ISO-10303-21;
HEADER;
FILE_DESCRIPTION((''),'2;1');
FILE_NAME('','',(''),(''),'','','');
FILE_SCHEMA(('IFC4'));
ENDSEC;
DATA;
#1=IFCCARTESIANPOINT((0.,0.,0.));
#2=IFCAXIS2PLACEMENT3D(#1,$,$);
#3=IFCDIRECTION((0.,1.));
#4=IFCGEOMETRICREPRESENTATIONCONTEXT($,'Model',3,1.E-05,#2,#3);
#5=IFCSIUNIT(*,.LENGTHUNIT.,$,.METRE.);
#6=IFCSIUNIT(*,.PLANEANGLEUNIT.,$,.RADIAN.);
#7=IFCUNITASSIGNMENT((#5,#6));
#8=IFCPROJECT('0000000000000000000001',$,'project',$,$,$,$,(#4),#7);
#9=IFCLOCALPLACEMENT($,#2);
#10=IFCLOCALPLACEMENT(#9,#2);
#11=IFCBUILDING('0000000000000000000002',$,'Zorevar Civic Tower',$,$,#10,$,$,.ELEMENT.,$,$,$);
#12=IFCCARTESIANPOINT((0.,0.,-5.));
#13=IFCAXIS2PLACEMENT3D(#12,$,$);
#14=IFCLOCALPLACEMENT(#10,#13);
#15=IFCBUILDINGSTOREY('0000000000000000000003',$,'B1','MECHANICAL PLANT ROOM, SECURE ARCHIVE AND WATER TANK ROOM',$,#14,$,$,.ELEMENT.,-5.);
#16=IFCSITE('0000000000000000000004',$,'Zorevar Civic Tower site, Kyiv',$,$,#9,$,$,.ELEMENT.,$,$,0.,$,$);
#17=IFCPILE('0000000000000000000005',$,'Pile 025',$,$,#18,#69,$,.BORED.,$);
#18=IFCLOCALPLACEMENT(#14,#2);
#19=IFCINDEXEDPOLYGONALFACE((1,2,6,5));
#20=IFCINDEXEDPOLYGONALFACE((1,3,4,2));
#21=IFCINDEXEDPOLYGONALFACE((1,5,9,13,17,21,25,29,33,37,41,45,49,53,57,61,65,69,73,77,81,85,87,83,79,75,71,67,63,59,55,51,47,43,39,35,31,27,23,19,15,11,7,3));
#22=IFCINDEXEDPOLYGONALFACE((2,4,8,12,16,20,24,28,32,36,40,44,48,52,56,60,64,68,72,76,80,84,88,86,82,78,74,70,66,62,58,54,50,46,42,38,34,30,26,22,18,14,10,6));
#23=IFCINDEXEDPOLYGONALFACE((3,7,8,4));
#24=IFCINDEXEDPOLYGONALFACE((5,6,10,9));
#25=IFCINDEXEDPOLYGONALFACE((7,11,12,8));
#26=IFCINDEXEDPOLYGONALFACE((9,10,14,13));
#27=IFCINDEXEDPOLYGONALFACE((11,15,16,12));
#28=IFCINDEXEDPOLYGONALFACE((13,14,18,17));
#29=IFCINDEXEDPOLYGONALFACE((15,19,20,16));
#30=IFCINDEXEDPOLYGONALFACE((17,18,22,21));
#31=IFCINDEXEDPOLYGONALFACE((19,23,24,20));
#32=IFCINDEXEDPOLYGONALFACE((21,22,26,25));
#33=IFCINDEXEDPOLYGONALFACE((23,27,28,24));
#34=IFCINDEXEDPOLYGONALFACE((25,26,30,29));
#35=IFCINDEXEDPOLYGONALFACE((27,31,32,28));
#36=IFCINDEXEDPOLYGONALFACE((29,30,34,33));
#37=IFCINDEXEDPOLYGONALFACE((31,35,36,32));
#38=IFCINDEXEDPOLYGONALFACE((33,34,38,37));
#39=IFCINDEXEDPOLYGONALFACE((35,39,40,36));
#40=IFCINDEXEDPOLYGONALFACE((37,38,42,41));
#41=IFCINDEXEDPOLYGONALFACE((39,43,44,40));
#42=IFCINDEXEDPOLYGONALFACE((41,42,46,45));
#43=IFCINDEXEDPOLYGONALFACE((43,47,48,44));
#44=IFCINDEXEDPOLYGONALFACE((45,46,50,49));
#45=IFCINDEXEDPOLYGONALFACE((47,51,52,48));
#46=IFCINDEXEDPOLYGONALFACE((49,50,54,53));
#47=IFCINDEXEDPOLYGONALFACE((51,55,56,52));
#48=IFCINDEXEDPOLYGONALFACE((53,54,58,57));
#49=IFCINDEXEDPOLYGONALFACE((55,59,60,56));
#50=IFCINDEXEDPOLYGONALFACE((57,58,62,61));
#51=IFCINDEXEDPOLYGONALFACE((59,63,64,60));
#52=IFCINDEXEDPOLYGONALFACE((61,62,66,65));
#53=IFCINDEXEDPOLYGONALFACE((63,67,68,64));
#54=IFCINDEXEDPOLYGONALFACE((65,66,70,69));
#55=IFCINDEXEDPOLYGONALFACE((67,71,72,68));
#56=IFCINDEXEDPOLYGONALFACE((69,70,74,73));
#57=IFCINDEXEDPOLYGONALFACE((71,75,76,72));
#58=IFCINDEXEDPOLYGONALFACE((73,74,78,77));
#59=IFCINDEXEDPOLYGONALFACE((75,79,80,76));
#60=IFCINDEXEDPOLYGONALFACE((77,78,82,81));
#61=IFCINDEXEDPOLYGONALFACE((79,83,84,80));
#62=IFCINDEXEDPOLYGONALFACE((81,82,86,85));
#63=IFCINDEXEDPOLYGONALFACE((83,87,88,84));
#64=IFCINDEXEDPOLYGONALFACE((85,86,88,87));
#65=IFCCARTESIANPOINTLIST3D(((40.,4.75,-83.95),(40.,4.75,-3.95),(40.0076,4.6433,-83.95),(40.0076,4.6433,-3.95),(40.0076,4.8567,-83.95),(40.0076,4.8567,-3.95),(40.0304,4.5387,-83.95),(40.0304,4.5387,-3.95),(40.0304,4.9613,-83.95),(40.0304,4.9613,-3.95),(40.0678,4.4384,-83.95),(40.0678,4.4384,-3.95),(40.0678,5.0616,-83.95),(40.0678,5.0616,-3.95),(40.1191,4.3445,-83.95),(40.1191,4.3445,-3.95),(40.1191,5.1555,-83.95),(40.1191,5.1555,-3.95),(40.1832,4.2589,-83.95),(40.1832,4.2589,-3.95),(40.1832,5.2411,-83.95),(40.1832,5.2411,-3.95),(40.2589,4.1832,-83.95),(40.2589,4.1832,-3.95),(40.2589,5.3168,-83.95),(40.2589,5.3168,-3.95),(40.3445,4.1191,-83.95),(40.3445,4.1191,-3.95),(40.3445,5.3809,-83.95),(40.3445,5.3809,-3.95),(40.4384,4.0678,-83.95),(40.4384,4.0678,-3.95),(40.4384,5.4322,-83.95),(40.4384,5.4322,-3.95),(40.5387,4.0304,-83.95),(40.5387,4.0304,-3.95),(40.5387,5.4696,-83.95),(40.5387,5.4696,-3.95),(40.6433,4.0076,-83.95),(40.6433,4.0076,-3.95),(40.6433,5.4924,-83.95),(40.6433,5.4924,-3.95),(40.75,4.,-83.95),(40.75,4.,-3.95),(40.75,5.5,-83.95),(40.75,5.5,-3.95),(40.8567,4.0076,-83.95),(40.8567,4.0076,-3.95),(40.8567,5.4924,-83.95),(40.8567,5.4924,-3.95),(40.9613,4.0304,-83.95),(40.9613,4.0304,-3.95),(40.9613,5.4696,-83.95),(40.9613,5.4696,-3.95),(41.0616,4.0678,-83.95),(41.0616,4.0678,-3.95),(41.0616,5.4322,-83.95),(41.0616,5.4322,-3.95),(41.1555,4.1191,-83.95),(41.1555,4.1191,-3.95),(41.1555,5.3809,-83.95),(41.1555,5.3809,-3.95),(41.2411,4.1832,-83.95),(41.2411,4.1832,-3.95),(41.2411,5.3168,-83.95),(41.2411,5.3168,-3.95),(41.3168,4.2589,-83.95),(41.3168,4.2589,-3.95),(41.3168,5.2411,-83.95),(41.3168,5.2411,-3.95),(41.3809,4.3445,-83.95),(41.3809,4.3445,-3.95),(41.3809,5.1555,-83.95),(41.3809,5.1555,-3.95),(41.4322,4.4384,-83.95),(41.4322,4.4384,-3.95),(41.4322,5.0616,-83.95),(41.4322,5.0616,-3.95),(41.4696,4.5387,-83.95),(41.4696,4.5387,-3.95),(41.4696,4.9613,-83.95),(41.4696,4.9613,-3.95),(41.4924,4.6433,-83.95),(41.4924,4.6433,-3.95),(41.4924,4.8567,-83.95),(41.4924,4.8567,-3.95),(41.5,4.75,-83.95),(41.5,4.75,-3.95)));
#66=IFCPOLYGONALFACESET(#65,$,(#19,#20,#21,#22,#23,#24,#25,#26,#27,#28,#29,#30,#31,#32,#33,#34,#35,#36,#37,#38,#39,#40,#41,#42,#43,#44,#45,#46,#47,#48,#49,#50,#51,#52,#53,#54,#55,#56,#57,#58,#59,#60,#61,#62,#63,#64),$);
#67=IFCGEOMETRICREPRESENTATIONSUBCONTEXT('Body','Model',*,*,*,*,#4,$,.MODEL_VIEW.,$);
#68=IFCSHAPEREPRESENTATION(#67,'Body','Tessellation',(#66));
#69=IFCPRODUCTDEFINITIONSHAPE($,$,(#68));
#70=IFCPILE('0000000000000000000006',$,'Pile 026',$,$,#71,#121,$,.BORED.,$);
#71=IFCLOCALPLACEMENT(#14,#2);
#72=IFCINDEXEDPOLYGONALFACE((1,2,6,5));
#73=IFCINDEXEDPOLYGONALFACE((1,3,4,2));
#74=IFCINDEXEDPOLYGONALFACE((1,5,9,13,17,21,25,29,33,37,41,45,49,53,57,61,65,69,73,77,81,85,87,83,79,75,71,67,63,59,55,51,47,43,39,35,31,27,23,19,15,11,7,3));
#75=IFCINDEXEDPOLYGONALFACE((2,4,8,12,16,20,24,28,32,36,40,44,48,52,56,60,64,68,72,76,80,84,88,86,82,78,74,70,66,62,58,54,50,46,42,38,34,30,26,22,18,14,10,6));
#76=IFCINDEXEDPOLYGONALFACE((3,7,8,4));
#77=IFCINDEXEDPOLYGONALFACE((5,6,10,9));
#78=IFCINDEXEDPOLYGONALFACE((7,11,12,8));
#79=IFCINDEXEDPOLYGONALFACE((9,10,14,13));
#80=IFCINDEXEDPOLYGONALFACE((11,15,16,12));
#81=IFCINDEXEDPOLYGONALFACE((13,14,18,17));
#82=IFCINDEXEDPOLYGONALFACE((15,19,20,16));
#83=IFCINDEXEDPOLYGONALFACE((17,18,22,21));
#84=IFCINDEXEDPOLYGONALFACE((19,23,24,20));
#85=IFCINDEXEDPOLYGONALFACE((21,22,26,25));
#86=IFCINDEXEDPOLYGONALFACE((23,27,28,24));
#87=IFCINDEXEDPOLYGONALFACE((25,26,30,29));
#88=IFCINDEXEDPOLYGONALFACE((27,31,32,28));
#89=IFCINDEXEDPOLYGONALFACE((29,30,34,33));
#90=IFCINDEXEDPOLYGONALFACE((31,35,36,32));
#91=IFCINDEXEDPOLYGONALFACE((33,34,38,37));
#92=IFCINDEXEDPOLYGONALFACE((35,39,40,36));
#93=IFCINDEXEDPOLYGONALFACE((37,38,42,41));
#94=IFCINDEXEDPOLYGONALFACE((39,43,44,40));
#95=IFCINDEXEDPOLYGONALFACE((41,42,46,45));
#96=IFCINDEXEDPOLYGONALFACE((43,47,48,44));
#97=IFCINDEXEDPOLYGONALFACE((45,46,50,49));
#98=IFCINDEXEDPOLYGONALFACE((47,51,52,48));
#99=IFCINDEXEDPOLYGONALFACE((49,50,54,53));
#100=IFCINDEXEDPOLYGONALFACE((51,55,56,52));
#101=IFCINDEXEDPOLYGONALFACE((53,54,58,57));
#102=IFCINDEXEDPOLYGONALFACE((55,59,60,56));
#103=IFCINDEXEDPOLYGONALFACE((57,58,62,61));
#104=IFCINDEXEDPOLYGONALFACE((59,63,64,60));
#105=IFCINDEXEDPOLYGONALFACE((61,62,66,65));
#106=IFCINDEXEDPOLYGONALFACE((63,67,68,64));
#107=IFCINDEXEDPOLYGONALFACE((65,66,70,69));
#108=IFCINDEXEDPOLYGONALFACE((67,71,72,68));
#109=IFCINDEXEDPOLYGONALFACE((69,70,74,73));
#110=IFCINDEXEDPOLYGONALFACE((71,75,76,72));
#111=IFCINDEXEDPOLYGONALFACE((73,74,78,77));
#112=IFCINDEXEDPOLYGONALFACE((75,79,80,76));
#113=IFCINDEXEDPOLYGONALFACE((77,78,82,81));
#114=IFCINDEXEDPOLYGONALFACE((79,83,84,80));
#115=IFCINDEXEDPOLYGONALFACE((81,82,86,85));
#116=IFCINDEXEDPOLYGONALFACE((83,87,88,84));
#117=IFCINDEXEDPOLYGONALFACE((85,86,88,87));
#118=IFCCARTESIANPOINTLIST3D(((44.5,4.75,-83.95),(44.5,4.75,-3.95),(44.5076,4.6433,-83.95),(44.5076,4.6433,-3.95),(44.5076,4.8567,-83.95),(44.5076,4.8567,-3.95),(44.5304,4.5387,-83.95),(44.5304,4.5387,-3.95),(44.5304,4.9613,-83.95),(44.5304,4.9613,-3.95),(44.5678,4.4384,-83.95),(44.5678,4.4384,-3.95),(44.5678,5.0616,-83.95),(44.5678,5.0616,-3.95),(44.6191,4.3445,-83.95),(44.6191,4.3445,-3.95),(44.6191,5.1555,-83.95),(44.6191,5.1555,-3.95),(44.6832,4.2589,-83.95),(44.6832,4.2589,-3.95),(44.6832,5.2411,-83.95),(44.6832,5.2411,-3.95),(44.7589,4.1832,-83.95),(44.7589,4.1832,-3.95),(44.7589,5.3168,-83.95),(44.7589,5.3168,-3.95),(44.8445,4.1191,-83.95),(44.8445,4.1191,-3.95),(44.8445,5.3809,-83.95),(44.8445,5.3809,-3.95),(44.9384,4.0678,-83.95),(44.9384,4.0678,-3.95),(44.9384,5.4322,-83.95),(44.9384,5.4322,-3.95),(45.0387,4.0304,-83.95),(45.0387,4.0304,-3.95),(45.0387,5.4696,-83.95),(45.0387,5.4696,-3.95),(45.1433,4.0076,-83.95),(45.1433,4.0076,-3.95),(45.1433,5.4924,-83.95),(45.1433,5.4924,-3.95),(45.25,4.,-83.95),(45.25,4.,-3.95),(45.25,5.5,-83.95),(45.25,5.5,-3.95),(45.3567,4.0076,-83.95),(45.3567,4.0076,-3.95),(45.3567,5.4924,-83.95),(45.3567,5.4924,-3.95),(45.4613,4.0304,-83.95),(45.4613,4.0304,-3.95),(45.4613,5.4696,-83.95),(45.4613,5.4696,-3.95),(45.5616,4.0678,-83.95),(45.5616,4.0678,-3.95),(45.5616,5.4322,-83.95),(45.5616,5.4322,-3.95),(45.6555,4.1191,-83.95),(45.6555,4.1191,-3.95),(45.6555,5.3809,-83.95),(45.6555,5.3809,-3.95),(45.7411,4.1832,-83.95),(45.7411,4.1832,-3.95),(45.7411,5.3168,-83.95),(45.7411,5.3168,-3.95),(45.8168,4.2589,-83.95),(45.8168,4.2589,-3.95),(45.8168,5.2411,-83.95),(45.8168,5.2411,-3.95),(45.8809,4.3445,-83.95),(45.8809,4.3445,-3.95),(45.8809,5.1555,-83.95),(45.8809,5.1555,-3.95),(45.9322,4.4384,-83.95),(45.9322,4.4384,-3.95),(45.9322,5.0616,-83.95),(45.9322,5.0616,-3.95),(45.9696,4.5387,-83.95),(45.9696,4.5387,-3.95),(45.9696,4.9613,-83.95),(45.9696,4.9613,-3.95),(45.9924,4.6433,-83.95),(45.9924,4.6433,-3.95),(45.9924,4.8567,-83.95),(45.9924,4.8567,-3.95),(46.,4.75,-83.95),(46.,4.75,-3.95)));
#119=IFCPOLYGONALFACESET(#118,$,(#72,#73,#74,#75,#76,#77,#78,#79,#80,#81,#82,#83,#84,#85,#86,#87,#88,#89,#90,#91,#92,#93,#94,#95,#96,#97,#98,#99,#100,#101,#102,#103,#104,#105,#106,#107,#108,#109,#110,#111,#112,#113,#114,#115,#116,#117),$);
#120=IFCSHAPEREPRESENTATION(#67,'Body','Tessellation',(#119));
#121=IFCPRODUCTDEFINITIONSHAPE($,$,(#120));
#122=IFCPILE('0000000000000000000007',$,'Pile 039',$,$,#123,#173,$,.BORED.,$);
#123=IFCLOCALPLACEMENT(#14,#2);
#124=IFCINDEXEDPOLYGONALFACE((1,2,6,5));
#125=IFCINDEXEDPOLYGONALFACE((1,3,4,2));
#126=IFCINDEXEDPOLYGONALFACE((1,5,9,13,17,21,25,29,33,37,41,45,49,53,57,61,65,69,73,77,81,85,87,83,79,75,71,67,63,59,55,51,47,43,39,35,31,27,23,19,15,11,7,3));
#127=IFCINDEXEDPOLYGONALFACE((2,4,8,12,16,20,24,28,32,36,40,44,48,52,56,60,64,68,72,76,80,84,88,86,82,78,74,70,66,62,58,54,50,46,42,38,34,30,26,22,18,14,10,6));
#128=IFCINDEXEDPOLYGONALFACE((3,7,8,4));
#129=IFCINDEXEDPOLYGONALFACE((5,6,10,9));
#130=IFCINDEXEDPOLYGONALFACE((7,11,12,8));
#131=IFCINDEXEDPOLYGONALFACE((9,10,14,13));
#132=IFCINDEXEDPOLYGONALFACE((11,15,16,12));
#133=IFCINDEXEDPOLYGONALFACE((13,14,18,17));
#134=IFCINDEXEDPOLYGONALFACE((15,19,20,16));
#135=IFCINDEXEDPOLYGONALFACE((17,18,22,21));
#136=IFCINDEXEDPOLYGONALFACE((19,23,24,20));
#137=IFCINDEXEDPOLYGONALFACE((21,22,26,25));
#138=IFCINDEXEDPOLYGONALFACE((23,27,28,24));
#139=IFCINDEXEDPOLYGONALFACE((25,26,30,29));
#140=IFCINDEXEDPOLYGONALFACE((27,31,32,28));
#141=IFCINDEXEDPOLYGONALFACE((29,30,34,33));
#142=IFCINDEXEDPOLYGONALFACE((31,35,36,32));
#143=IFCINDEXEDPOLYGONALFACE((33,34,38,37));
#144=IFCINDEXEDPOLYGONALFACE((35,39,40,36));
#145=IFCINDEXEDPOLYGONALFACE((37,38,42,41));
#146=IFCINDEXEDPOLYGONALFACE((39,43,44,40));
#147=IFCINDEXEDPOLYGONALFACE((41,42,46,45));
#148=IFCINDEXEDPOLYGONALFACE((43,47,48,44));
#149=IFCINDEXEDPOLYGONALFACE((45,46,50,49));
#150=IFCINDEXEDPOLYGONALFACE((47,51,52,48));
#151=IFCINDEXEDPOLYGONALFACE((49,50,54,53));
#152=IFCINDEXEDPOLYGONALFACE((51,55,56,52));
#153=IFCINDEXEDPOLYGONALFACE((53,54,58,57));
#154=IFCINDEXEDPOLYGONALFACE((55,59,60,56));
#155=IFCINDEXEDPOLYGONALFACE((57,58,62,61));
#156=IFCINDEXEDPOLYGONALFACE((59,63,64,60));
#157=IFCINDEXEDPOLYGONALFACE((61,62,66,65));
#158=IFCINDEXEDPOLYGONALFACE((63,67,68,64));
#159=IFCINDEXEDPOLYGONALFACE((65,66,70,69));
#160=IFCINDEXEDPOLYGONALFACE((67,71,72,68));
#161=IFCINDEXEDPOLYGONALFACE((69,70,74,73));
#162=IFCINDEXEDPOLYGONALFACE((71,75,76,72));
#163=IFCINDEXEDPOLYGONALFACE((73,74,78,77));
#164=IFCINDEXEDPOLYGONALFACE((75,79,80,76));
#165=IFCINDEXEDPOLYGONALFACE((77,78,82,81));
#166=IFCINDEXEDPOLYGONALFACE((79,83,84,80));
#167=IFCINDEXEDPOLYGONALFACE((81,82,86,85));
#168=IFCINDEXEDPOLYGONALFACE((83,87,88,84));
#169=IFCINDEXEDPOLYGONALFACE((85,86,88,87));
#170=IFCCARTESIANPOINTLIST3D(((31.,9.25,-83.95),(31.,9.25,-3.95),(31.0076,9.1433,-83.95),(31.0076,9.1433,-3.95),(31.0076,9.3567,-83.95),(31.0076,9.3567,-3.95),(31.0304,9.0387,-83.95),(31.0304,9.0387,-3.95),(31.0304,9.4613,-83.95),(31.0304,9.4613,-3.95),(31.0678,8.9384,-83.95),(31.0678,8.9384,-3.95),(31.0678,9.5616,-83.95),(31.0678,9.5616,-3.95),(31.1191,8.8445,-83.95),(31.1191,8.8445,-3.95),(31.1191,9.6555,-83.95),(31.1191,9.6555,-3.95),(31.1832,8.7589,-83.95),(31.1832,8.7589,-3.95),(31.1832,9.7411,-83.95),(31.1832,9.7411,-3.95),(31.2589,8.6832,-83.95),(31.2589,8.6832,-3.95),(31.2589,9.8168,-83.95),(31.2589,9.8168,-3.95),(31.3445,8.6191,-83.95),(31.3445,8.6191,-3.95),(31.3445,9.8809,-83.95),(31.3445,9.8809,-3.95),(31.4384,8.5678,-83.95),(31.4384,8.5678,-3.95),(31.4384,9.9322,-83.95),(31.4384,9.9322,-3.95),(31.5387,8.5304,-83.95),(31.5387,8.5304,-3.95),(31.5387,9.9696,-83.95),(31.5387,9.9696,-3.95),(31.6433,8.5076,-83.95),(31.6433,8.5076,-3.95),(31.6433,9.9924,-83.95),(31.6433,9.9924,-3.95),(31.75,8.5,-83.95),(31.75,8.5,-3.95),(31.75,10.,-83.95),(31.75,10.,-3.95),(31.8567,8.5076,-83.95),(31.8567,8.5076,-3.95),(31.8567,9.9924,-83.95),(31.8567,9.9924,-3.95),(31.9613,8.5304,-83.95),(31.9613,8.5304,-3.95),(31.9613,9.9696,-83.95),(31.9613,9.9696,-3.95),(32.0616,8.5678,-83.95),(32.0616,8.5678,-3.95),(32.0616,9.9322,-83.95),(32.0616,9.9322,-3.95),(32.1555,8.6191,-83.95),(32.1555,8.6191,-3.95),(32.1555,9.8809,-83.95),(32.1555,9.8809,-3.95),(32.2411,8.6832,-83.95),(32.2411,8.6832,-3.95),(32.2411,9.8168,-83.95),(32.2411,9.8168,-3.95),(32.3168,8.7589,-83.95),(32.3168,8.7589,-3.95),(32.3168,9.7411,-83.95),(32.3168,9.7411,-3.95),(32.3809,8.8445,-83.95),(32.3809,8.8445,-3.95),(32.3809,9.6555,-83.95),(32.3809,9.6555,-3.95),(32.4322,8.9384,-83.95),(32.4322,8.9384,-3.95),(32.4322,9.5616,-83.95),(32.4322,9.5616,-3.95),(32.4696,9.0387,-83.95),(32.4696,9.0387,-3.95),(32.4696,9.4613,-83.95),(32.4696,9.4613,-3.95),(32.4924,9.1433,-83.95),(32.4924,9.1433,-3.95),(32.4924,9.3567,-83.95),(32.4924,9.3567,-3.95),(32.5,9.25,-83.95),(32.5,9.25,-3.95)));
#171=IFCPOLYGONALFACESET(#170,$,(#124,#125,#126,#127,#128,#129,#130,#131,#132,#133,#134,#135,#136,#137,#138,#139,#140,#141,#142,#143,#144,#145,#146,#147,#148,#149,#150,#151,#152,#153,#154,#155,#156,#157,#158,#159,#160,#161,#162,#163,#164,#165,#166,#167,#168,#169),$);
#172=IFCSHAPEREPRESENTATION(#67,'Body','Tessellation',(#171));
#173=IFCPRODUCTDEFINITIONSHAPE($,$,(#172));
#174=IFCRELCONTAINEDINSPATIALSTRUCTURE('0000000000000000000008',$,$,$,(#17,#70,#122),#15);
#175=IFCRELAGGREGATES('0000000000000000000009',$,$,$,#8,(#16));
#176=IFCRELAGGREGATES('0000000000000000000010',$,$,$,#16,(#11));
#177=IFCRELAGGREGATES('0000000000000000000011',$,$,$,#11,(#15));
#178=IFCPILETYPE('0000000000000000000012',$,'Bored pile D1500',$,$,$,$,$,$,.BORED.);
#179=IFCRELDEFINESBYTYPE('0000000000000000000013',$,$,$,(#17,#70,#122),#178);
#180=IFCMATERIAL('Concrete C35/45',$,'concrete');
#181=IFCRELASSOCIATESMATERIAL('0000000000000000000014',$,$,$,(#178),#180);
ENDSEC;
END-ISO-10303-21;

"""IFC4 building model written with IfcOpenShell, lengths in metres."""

from ifc_helpers import new_model, si_unit, direction, frame, origin, origin_2d, place, context, subcontext, project, spatial, circle, extrude, material, type_object, element, save


model = new_model("IFC4")

# Units and contexts
model_context = context("Model", 3, precision=1e-05, world=origin(), true_north=direction((0.0, 1.0)))
body_context = subcontext(model_context, "Body", "Model", "MODEL_VIEW")
ifc_project = project(units=[si_unit("LENGTHUNIT", "METRE"), si_unit("PLANEANGLEUNIT", "RADIAN")], contexts=[model_context])

# Site, building, storey
site_placement = place(None, origin())
site = spatial("IfcSite", under=ifc_project, at=site_placement, Name="Zorevar Civic Tower site, Kyiv", CompositionType="ELEMENT", RefElevation=0.0)
building_placement = place(site_placement, origin())
building = spatial("IfcBuilding", under=site, at=building_placement, Name="Zorevar Civic Tower", CompositionType="ELEMENT")
storey_placement = place(building_placement, frame((0.0, 0.0, -5.0)))
storey = spatial("IfcBuildingStorey", under=building, at=storey_placement, Name="B1", Description="MECHANICAL PLANT ROOM, SECURE ARCHIVE AND WATER TANK ROOM", CompositionType="ELEMENT", Elevation=-5.0)

# Piles
ifc_material_1 = material(Name="Concrete C35/45", Category="concrete")
pile_type = type_object("IfcPileType", Name="Bored pile D1500", PredefinedType="BORED", material=ifc_material_1)
for number, where, z_axis, x_axis, name in (
    (1, (40.75, 4.75, -3.95), (0.0, 0.0, -1.0), (1.0, 0.0, 0.0), "Pile 025"),
    (2, (45.25, 4.75, -3.95), (0.0, 0.0, -1.0), (1.0, 0.0, 0.0), "Pile 026"),
    (3, (31.75, 9.25, -3.95), (0.0, 0.0, -1.0), (1.0, 0.0, 0.0), "Pile 039"),
):
    element("IfcPile", number, at=place(storey_placement, frame(where, z_axis=z_axis, x_axis=x_axis)), inside=storey, type_object=pile_type, Name=name, PredefinedType="BORED", context=body_context, shape_type="SweptSolid", body=[
        extrude(circle(Radius=0.75, at=origin_2d()), origin(), (0.0, 0.0, 1.0), 80.0),
    ])

save(model, "model.ifc")
